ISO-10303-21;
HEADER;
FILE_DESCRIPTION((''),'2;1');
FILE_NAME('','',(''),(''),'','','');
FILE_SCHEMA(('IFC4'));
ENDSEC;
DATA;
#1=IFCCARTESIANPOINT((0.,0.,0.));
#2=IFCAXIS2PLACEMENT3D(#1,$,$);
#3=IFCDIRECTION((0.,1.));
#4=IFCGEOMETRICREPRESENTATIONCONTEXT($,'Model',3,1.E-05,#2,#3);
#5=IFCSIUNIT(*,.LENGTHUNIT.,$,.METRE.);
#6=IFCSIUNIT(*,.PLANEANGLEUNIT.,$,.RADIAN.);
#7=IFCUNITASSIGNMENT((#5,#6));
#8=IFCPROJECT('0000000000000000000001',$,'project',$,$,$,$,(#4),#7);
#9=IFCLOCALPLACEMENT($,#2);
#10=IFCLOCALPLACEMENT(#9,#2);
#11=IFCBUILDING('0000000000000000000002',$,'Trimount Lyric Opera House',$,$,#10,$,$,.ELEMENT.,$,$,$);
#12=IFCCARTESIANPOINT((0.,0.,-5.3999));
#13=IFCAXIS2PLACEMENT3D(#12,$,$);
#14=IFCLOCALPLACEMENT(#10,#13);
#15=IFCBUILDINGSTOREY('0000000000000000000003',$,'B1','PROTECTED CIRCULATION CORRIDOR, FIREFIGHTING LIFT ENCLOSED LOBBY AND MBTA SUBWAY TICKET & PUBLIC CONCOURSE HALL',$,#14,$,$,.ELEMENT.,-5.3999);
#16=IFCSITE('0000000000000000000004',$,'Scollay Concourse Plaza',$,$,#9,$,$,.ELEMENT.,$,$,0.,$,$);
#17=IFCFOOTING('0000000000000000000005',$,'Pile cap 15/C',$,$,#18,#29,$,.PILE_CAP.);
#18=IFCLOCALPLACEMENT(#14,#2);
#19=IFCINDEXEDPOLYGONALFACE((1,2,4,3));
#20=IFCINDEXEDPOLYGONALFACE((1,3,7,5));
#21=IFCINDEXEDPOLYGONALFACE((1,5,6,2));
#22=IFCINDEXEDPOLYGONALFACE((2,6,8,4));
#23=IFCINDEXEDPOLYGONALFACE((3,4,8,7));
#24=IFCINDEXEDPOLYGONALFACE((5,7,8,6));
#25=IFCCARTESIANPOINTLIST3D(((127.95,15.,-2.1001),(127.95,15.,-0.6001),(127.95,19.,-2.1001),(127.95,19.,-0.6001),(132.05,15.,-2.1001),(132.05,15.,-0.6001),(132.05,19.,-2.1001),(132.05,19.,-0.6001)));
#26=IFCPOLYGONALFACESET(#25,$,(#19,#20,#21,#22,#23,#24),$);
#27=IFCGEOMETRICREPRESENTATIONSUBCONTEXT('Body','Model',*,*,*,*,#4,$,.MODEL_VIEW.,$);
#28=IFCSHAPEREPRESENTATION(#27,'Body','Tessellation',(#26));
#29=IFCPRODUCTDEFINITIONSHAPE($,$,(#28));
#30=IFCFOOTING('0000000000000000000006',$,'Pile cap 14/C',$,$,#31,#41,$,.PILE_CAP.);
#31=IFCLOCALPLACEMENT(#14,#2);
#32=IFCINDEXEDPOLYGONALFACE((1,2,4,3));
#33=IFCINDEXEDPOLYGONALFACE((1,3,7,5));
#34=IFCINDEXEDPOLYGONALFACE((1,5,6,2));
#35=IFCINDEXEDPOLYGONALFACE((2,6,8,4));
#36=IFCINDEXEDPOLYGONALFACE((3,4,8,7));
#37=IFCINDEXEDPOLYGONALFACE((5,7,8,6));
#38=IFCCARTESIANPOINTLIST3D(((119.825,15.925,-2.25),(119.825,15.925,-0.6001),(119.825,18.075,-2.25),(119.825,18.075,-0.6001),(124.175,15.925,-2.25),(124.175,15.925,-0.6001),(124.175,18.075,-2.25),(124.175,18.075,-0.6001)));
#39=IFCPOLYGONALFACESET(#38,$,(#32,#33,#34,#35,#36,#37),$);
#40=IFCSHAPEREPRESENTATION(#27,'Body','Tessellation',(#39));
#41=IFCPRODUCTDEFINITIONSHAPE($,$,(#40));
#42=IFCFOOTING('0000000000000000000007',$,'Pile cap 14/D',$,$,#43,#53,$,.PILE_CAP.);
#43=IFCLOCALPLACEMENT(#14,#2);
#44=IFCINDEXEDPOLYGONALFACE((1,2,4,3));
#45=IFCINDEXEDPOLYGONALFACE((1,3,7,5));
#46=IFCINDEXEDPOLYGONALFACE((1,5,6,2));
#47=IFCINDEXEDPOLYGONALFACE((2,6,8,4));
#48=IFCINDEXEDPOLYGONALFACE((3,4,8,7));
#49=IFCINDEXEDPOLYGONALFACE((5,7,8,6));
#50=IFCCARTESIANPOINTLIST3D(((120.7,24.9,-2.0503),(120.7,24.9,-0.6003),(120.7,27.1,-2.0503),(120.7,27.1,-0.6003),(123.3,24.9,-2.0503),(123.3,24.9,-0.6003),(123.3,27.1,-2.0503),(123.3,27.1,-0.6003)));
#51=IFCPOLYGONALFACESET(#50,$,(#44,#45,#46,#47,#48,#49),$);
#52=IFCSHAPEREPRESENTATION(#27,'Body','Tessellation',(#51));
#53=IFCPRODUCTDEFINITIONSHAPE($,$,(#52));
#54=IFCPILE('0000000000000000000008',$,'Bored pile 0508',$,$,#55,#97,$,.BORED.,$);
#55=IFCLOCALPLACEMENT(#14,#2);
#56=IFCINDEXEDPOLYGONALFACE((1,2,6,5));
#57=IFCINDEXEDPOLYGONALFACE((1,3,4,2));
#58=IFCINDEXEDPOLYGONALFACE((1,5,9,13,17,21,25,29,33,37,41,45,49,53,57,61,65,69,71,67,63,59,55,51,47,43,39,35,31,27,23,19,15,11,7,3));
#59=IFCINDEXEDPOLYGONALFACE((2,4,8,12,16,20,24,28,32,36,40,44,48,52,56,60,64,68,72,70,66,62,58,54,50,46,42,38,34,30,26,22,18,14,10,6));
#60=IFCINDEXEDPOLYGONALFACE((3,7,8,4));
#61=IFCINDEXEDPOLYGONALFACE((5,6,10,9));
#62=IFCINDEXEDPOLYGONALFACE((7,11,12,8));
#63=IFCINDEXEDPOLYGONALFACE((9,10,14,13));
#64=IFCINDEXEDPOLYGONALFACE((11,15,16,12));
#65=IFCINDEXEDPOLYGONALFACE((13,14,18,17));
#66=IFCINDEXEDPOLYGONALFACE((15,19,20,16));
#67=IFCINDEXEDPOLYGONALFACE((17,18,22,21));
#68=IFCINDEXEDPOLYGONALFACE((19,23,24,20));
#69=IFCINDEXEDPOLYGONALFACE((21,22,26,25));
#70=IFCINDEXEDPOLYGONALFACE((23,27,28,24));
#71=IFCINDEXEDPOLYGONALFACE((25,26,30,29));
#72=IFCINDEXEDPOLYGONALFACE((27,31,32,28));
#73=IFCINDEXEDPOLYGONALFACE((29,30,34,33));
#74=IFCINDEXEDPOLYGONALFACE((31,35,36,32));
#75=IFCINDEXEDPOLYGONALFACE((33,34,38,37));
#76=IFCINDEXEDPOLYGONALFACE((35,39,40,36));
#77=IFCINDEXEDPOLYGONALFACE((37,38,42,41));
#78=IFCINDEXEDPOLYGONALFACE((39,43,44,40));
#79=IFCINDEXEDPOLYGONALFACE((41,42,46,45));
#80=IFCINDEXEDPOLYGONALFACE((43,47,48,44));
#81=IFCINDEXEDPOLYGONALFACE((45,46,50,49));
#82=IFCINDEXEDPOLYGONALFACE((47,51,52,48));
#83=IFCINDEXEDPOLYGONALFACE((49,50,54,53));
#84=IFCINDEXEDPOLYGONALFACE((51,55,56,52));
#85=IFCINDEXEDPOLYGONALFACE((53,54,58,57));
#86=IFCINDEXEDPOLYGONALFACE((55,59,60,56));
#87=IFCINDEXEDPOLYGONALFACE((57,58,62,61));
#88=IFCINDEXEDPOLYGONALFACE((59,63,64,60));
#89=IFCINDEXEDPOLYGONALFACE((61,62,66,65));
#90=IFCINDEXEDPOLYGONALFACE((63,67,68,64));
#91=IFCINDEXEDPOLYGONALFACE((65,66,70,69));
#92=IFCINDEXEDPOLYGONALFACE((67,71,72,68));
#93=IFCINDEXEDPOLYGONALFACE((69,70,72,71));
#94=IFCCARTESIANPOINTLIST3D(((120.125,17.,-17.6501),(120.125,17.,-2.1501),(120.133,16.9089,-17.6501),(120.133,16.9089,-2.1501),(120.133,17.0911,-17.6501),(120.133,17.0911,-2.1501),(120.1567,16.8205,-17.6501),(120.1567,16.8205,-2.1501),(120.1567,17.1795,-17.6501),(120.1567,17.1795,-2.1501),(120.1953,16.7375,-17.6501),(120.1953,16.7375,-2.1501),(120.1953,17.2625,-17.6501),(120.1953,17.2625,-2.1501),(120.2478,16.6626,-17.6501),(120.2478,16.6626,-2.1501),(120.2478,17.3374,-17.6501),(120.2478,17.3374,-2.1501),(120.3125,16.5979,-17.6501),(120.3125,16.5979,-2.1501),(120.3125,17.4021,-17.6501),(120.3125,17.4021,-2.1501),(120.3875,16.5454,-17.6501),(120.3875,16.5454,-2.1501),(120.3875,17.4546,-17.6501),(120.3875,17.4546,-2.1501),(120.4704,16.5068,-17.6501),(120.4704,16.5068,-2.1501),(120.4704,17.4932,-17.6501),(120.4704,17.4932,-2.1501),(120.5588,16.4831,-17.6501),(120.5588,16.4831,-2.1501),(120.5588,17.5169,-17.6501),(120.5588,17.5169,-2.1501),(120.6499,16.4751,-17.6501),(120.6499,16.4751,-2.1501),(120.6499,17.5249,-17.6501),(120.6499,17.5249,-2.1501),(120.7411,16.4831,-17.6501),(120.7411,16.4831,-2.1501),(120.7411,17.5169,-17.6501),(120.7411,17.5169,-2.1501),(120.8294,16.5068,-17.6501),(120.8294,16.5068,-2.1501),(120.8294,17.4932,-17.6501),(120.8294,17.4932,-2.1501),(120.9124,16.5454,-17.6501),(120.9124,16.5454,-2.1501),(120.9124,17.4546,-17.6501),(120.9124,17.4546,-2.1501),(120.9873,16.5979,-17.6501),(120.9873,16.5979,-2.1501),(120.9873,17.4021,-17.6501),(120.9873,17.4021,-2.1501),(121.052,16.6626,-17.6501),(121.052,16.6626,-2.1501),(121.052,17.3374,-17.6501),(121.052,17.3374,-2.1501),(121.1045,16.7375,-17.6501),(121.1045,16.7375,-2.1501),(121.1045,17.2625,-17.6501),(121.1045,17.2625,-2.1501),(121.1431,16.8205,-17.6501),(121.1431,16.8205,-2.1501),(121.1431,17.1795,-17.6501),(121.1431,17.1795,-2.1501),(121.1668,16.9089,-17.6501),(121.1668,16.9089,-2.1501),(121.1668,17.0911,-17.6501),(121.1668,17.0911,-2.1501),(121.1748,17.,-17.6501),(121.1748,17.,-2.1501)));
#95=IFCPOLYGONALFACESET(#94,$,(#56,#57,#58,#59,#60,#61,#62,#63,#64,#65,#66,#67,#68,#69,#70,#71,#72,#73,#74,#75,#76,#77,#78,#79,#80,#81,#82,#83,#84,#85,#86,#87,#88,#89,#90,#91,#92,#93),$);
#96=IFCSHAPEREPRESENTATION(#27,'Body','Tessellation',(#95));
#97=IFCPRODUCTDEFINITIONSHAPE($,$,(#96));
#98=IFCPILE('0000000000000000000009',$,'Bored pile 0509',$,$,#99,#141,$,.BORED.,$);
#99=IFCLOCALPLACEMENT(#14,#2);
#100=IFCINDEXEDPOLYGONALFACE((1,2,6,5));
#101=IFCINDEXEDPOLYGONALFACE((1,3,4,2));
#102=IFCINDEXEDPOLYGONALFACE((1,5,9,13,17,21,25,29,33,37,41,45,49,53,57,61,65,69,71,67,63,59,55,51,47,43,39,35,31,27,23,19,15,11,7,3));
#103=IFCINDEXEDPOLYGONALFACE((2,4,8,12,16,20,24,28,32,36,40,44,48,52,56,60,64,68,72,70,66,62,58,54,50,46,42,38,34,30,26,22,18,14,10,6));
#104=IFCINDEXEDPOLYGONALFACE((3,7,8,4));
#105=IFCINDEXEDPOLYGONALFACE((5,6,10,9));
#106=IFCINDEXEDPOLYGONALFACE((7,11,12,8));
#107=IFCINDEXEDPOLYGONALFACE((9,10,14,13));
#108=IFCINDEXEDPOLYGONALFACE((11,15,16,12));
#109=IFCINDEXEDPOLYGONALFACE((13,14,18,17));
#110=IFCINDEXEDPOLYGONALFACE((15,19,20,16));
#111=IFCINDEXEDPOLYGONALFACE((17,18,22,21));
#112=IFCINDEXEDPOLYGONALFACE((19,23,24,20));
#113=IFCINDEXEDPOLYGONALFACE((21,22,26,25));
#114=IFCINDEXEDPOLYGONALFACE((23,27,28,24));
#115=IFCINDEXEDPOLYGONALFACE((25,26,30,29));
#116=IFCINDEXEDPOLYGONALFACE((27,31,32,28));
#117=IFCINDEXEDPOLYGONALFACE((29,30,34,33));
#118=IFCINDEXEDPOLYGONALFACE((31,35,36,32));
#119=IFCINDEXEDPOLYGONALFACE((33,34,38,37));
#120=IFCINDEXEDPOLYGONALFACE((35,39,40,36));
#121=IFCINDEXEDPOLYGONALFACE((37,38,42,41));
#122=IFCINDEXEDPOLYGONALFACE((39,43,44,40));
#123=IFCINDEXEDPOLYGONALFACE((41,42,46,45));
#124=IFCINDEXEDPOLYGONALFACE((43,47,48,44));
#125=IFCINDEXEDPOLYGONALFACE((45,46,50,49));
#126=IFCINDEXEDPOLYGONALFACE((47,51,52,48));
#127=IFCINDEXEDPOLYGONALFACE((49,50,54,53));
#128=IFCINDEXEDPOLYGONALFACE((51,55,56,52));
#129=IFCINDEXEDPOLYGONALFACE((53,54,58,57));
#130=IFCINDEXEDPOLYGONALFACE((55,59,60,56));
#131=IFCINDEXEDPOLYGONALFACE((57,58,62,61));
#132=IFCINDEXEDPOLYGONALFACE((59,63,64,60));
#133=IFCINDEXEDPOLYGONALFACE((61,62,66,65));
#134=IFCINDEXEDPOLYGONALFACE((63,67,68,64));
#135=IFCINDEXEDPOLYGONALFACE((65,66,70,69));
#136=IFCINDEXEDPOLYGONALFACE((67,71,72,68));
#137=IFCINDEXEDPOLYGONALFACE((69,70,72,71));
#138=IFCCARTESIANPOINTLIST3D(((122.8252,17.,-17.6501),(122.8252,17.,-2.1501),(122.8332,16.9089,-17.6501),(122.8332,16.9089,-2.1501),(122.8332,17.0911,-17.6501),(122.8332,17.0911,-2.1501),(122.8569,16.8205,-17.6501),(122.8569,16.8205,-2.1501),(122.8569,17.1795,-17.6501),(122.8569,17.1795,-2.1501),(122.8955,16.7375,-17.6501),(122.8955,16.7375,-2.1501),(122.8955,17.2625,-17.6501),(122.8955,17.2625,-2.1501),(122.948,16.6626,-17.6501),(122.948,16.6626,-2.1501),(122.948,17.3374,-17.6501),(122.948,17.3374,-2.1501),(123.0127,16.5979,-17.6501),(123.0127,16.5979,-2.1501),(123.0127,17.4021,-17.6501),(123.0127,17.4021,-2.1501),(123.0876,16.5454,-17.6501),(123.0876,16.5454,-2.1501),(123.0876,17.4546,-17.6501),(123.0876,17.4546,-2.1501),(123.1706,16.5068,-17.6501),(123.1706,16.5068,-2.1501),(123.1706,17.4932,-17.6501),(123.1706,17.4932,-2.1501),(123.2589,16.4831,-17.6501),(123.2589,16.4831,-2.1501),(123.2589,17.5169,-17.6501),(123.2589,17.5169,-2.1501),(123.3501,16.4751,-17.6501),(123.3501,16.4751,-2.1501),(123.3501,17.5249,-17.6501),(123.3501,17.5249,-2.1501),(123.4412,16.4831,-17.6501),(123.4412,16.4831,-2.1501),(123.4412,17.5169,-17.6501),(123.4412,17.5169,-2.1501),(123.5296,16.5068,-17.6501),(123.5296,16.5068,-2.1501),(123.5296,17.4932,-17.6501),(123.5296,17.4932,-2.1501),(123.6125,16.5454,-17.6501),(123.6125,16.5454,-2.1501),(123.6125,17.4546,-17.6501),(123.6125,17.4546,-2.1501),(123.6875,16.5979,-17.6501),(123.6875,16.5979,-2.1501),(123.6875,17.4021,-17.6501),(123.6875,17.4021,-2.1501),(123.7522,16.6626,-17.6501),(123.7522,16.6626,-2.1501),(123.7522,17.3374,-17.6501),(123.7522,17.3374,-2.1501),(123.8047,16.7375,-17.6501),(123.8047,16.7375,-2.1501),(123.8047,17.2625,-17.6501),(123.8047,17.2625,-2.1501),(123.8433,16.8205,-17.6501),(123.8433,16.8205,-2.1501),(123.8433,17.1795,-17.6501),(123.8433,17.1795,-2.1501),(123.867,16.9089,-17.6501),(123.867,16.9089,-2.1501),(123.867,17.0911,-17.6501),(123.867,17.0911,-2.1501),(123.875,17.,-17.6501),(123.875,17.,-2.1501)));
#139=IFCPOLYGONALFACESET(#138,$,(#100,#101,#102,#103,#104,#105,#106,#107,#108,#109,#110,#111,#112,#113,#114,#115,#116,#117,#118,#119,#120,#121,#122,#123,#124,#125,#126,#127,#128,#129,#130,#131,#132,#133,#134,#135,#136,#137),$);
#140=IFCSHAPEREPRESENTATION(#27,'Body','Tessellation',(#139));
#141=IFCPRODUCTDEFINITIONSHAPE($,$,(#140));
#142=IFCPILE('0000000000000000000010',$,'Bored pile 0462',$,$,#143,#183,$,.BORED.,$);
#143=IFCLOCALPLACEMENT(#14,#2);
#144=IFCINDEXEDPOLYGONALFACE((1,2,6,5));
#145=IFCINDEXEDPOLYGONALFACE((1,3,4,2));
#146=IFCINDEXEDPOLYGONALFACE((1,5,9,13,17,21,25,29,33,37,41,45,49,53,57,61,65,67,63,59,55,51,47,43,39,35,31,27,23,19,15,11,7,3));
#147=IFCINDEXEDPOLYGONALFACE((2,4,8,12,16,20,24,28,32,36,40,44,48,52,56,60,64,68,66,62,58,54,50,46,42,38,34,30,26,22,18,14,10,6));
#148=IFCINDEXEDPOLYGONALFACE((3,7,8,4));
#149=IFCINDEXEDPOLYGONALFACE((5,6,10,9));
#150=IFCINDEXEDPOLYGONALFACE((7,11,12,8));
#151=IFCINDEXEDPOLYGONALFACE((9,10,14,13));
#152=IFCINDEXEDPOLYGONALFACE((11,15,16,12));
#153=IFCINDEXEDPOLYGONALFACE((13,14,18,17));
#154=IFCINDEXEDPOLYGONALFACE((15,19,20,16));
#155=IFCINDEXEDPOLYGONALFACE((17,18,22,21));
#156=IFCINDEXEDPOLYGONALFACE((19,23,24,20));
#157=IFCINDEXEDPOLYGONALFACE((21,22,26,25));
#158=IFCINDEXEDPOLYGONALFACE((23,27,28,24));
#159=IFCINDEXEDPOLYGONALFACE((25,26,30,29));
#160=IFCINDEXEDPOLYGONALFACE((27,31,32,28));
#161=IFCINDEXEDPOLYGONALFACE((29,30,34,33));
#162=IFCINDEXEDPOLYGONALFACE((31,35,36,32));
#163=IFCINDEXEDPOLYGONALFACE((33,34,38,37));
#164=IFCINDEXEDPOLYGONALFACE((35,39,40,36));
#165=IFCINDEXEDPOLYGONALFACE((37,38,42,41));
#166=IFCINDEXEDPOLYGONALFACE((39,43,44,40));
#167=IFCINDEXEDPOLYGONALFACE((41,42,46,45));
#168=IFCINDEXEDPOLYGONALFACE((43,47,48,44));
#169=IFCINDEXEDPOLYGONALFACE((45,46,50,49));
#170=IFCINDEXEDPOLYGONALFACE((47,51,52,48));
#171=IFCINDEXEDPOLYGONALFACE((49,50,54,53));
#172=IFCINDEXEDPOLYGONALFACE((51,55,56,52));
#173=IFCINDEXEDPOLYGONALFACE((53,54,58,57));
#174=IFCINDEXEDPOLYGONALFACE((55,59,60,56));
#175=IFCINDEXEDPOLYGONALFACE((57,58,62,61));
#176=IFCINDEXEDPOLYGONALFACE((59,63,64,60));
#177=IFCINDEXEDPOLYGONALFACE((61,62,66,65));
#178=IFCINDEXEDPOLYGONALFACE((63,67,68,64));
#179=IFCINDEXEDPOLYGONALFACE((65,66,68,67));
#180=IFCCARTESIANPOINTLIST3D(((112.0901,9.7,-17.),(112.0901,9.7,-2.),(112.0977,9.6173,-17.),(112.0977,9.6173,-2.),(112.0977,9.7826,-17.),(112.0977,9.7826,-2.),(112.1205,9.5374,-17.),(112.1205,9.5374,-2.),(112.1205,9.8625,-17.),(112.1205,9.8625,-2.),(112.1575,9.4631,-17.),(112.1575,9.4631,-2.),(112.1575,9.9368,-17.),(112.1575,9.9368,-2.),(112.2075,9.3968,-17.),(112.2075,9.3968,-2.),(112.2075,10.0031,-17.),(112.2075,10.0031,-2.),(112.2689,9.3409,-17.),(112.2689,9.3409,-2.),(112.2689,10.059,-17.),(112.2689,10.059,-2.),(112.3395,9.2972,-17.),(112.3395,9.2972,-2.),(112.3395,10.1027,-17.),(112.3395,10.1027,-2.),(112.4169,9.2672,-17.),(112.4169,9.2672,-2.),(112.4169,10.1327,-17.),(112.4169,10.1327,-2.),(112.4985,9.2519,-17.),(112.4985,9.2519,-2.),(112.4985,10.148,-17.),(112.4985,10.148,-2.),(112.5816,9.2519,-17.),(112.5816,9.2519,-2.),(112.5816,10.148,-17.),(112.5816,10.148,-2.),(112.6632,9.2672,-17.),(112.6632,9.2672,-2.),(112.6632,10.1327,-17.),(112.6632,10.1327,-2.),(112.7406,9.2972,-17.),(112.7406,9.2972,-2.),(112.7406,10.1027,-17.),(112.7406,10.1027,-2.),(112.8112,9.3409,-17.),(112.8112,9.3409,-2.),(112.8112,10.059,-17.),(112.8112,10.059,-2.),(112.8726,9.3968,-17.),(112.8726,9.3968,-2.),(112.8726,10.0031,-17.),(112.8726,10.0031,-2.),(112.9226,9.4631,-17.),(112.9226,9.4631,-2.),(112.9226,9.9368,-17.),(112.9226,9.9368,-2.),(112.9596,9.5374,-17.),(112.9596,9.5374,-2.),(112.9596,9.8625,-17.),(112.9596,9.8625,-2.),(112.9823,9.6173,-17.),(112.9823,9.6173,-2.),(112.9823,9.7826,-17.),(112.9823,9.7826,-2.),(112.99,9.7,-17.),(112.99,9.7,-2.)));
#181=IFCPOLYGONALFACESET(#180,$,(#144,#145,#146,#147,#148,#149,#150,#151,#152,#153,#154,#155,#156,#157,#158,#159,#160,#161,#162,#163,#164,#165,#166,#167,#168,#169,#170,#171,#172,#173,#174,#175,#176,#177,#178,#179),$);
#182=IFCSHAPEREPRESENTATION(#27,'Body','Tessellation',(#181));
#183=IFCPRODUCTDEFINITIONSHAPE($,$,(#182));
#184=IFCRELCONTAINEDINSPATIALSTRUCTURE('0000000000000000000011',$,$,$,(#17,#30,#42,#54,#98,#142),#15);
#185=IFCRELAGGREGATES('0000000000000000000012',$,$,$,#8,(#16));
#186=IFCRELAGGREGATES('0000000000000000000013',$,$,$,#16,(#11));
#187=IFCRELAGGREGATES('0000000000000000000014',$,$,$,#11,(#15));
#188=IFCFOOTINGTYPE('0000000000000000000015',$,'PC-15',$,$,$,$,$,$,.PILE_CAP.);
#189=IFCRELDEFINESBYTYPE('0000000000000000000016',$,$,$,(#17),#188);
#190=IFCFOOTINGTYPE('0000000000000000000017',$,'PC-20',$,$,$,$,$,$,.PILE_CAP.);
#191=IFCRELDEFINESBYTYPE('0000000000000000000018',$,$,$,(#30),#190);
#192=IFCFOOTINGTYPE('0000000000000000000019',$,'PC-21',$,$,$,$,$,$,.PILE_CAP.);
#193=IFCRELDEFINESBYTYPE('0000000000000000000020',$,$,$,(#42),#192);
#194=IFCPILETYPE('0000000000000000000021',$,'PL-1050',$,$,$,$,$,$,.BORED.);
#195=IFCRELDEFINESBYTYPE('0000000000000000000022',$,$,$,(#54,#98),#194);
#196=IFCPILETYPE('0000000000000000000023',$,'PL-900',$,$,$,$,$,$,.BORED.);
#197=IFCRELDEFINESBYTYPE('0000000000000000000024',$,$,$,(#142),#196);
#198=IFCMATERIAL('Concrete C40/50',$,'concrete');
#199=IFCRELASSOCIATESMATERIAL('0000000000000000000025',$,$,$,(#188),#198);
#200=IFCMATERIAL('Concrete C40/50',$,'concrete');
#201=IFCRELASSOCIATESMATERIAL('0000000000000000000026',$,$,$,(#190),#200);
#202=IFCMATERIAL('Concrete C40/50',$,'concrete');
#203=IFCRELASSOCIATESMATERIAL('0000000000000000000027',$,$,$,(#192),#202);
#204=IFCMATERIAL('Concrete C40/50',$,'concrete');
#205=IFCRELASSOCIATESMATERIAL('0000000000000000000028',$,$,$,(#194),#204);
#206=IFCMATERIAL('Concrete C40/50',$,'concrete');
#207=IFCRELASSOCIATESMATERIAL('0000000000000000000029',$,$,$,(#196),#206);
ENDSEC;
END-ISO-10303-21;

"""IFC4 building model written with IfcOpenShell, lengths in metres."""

from ifc_helpers import new_model, si_unit, direction, frame, origin, origin_2d, place, context, subcontext, project, spatial, rectangle, circle, extrude, material, material_profile, profile_set, type_object, element, save


model = new_model("IFC4")

# Units and contexts
model_context = context("Model", 3, precision=1e-05, world=origin(), true_north=direction((0.0, 1.0)))
body_context = subcontext(model_context, "Body", "Model", "MODEL_VIEW")
ifc_project = project(units=[si_unit("LENGTHUNIT", "METRE"), si_unit("PLANEANGLEUNIT", "RADIAN")], contexts=[model_context])

# Site, building, storey
site_placement = place(None, origin())
site = spatial("IfcSite", under=ifc_project, at=site_placement, Name="Scollay Concourse Plaza", CompositionType="ELEMENT", RefElevation=0.0)
building_placement = place(site_placement, origin())
building = spatial("IfcBuilding", under=site, at=building_placement, Name="Trimount Lyric Opera House", CompositionType="ELEMENT")
storey_placement = place(building_placement, frame((0.0, 0.0, -5.3999)))
storey = spatial("IfcBuildingStorey", under=building, at=storey_placement, Name="B1", Description="PROTECTED CIRCULATION CORRIDOR, FIREFIGHTING LIFT ENCLOSED LOBBY AND MBTA SUBWAY TICKET & PUBLIC CONCOURSE HALL", CompositionType="ELEMENT", Elevation=-5.3999)

# Footings
ifc_material_1 = material(Name="Concrete C40/50", Category="concrete")
footing_type_1 = type_object("IfcFootingType", Name="PC-15", PredefinedType="PILE_CAP", material=ifc_material_1)
footing_1_placement = place(storey_placement, frame((130.0, 17.0, -2.1001), z_axis=(0.0, 0.0, 1.0), x_axis=(1.0, 0.0, 0.0)))
element("IfcFooting", 1, at=footing_1_placement, inside=storey, type_object=footing_type_1, Name="Pile cap 15/C", PredefinedType="PILE_CAP", context=body_context, shape_type="SweptSolid", body=[
    extrude(rectangle(XDim=4.1001, YDim=4.0, at=origin_2d()), origin(), (0.0, 0.0, 1.0), 1.5),
])
ifc_material_2 = material(Name="Concrete C40/50", Category="concrete")
footing_type_2 = type_object("IfcFootingType", Name="PC-20", PredefinedType="PILE_CAP", material=ifc_material_2)
footing_2_placement = place(storey_placement, frame((122.0, 17.0, -2.25), z_axis=(0.0, 0.0, 1.0), x_axis=(1.0, 0.0, 0.0)))
element("IfcFooting", 2, at=footing_2_placement, inside=storey, type_object=footing_type_2, Name="Pile cap 14/C", PredefinedType="PILE_CAP", context=body_context, shape_type="SweptSolid", body=[
    extrude(rectangle(XDim=4.3501, YDim=2.1499, at=origin_2d()), origin(), (0.0, 0.0, 1.0), 1.6499),
])
ifc_material_3 = material(Name="Concrete C40/50", Category="concrete")
footing_type_3 = type_object("IfcFootingType", Name="PC-21", PredefinedType="PILE_CAP", material=ifc_material_3)
footing_3_placement = place(storey_placement, frame((122.0, 26.0, -2.0503), z_axis=(0.0, 0.0, 1.0), x_axis=(1.0, 0.0, 0.0)))
element("IfcFooting", 3, at=footing_3_placement, inside=storey, type_object=footing_type_3, Name="Pile cap 14/D", PredefinedType="PILE_CAP", context=body_context, shape_type="SweptSolid", body=[
    extrude(rectangle(XDim=2.6001, YDim=2.2, at=origin_2d()), origin(), (0.0, 0.0, 1.0), 1.45),
])

# Piles
ifc_material_4 = material(Name="Concrete C40/50", Category="concrete")
ifc_material_profile_1 = material_profile(ifc_material_4, circle(Radius=0.5249, at=origin_2d()), Name="PILE-D1050")
ifc_profile_set_1 = profile_set([ifc_material_profile_1], Name="Concrete C40/50")
pile_type_1 = type_object("IfcPileType", Name="PL-1050", PredefinedType="BORED", material=ifc_profile_set_1)
for number, where, z_axis, x_axis, name in (
    (4, (120.6499, 17.0, -2.1501), (0.0, 0.0, -1.0), (1.0, 0.0, 0.0), "Bored pile 0508"),
    (5, (123.3501, 17.0, -2.1501), (0.0, 0.0, -1.0), (1.0, 0.0, 0.0), "Bored pile 0509"),
):
    element("IfcPile", number, at=place(storey_placement, frame(where, z_axis=z_axis, x_axis=x_axis)), inside=storey, type_object=pile_type_1, Name=name, PredefinedType="BORED", context=body_context, shape_type="SweptSolid", body=[
        extrude(circle(Radius=0.5249, at=origin_2d()), origin(), (0.0, 0.0, 1.0), 15.5),
    ])
ifc_material_5 = material(Name="Concrete C40/50", Category="concrete")
ifc_material_profile_2 = material_profile(ifc_material_5, circle(Radius=0.45, at=origin_2d()), Name="PILE-D900")
ifc_profile_set_2 = profile_set([ifc_material_profile_2], Name="Concrete C40/50")
pile_type_2 = type_object("IfcPileType", Name="PL-900", PredefinedType="BORED", material=ifc_profile_set_2)
for number, where, z_axis, x_axis, name in (
    (6, (112.54, 9.7, -2.0), (0.0, 0.0, -1.0), (1.0, 0.0, 0.0), "Bored pile 0462"),
):
    element("IfcPile", number, at=place(storey_placement, frame(where, z_axis=z_axis, x_axis=x_axis)), inside=storey, type_object=pile_type_2, Name=name, PredefinedType="BORED", context=body_context, shape_type="SweptSolid", body=[
        extrude(circle(Radius=0.45, at=origin_2d()), origin(), (0.0, 0.0, 1.0), 15.0),
    ])

save(model, "model.ifc")
